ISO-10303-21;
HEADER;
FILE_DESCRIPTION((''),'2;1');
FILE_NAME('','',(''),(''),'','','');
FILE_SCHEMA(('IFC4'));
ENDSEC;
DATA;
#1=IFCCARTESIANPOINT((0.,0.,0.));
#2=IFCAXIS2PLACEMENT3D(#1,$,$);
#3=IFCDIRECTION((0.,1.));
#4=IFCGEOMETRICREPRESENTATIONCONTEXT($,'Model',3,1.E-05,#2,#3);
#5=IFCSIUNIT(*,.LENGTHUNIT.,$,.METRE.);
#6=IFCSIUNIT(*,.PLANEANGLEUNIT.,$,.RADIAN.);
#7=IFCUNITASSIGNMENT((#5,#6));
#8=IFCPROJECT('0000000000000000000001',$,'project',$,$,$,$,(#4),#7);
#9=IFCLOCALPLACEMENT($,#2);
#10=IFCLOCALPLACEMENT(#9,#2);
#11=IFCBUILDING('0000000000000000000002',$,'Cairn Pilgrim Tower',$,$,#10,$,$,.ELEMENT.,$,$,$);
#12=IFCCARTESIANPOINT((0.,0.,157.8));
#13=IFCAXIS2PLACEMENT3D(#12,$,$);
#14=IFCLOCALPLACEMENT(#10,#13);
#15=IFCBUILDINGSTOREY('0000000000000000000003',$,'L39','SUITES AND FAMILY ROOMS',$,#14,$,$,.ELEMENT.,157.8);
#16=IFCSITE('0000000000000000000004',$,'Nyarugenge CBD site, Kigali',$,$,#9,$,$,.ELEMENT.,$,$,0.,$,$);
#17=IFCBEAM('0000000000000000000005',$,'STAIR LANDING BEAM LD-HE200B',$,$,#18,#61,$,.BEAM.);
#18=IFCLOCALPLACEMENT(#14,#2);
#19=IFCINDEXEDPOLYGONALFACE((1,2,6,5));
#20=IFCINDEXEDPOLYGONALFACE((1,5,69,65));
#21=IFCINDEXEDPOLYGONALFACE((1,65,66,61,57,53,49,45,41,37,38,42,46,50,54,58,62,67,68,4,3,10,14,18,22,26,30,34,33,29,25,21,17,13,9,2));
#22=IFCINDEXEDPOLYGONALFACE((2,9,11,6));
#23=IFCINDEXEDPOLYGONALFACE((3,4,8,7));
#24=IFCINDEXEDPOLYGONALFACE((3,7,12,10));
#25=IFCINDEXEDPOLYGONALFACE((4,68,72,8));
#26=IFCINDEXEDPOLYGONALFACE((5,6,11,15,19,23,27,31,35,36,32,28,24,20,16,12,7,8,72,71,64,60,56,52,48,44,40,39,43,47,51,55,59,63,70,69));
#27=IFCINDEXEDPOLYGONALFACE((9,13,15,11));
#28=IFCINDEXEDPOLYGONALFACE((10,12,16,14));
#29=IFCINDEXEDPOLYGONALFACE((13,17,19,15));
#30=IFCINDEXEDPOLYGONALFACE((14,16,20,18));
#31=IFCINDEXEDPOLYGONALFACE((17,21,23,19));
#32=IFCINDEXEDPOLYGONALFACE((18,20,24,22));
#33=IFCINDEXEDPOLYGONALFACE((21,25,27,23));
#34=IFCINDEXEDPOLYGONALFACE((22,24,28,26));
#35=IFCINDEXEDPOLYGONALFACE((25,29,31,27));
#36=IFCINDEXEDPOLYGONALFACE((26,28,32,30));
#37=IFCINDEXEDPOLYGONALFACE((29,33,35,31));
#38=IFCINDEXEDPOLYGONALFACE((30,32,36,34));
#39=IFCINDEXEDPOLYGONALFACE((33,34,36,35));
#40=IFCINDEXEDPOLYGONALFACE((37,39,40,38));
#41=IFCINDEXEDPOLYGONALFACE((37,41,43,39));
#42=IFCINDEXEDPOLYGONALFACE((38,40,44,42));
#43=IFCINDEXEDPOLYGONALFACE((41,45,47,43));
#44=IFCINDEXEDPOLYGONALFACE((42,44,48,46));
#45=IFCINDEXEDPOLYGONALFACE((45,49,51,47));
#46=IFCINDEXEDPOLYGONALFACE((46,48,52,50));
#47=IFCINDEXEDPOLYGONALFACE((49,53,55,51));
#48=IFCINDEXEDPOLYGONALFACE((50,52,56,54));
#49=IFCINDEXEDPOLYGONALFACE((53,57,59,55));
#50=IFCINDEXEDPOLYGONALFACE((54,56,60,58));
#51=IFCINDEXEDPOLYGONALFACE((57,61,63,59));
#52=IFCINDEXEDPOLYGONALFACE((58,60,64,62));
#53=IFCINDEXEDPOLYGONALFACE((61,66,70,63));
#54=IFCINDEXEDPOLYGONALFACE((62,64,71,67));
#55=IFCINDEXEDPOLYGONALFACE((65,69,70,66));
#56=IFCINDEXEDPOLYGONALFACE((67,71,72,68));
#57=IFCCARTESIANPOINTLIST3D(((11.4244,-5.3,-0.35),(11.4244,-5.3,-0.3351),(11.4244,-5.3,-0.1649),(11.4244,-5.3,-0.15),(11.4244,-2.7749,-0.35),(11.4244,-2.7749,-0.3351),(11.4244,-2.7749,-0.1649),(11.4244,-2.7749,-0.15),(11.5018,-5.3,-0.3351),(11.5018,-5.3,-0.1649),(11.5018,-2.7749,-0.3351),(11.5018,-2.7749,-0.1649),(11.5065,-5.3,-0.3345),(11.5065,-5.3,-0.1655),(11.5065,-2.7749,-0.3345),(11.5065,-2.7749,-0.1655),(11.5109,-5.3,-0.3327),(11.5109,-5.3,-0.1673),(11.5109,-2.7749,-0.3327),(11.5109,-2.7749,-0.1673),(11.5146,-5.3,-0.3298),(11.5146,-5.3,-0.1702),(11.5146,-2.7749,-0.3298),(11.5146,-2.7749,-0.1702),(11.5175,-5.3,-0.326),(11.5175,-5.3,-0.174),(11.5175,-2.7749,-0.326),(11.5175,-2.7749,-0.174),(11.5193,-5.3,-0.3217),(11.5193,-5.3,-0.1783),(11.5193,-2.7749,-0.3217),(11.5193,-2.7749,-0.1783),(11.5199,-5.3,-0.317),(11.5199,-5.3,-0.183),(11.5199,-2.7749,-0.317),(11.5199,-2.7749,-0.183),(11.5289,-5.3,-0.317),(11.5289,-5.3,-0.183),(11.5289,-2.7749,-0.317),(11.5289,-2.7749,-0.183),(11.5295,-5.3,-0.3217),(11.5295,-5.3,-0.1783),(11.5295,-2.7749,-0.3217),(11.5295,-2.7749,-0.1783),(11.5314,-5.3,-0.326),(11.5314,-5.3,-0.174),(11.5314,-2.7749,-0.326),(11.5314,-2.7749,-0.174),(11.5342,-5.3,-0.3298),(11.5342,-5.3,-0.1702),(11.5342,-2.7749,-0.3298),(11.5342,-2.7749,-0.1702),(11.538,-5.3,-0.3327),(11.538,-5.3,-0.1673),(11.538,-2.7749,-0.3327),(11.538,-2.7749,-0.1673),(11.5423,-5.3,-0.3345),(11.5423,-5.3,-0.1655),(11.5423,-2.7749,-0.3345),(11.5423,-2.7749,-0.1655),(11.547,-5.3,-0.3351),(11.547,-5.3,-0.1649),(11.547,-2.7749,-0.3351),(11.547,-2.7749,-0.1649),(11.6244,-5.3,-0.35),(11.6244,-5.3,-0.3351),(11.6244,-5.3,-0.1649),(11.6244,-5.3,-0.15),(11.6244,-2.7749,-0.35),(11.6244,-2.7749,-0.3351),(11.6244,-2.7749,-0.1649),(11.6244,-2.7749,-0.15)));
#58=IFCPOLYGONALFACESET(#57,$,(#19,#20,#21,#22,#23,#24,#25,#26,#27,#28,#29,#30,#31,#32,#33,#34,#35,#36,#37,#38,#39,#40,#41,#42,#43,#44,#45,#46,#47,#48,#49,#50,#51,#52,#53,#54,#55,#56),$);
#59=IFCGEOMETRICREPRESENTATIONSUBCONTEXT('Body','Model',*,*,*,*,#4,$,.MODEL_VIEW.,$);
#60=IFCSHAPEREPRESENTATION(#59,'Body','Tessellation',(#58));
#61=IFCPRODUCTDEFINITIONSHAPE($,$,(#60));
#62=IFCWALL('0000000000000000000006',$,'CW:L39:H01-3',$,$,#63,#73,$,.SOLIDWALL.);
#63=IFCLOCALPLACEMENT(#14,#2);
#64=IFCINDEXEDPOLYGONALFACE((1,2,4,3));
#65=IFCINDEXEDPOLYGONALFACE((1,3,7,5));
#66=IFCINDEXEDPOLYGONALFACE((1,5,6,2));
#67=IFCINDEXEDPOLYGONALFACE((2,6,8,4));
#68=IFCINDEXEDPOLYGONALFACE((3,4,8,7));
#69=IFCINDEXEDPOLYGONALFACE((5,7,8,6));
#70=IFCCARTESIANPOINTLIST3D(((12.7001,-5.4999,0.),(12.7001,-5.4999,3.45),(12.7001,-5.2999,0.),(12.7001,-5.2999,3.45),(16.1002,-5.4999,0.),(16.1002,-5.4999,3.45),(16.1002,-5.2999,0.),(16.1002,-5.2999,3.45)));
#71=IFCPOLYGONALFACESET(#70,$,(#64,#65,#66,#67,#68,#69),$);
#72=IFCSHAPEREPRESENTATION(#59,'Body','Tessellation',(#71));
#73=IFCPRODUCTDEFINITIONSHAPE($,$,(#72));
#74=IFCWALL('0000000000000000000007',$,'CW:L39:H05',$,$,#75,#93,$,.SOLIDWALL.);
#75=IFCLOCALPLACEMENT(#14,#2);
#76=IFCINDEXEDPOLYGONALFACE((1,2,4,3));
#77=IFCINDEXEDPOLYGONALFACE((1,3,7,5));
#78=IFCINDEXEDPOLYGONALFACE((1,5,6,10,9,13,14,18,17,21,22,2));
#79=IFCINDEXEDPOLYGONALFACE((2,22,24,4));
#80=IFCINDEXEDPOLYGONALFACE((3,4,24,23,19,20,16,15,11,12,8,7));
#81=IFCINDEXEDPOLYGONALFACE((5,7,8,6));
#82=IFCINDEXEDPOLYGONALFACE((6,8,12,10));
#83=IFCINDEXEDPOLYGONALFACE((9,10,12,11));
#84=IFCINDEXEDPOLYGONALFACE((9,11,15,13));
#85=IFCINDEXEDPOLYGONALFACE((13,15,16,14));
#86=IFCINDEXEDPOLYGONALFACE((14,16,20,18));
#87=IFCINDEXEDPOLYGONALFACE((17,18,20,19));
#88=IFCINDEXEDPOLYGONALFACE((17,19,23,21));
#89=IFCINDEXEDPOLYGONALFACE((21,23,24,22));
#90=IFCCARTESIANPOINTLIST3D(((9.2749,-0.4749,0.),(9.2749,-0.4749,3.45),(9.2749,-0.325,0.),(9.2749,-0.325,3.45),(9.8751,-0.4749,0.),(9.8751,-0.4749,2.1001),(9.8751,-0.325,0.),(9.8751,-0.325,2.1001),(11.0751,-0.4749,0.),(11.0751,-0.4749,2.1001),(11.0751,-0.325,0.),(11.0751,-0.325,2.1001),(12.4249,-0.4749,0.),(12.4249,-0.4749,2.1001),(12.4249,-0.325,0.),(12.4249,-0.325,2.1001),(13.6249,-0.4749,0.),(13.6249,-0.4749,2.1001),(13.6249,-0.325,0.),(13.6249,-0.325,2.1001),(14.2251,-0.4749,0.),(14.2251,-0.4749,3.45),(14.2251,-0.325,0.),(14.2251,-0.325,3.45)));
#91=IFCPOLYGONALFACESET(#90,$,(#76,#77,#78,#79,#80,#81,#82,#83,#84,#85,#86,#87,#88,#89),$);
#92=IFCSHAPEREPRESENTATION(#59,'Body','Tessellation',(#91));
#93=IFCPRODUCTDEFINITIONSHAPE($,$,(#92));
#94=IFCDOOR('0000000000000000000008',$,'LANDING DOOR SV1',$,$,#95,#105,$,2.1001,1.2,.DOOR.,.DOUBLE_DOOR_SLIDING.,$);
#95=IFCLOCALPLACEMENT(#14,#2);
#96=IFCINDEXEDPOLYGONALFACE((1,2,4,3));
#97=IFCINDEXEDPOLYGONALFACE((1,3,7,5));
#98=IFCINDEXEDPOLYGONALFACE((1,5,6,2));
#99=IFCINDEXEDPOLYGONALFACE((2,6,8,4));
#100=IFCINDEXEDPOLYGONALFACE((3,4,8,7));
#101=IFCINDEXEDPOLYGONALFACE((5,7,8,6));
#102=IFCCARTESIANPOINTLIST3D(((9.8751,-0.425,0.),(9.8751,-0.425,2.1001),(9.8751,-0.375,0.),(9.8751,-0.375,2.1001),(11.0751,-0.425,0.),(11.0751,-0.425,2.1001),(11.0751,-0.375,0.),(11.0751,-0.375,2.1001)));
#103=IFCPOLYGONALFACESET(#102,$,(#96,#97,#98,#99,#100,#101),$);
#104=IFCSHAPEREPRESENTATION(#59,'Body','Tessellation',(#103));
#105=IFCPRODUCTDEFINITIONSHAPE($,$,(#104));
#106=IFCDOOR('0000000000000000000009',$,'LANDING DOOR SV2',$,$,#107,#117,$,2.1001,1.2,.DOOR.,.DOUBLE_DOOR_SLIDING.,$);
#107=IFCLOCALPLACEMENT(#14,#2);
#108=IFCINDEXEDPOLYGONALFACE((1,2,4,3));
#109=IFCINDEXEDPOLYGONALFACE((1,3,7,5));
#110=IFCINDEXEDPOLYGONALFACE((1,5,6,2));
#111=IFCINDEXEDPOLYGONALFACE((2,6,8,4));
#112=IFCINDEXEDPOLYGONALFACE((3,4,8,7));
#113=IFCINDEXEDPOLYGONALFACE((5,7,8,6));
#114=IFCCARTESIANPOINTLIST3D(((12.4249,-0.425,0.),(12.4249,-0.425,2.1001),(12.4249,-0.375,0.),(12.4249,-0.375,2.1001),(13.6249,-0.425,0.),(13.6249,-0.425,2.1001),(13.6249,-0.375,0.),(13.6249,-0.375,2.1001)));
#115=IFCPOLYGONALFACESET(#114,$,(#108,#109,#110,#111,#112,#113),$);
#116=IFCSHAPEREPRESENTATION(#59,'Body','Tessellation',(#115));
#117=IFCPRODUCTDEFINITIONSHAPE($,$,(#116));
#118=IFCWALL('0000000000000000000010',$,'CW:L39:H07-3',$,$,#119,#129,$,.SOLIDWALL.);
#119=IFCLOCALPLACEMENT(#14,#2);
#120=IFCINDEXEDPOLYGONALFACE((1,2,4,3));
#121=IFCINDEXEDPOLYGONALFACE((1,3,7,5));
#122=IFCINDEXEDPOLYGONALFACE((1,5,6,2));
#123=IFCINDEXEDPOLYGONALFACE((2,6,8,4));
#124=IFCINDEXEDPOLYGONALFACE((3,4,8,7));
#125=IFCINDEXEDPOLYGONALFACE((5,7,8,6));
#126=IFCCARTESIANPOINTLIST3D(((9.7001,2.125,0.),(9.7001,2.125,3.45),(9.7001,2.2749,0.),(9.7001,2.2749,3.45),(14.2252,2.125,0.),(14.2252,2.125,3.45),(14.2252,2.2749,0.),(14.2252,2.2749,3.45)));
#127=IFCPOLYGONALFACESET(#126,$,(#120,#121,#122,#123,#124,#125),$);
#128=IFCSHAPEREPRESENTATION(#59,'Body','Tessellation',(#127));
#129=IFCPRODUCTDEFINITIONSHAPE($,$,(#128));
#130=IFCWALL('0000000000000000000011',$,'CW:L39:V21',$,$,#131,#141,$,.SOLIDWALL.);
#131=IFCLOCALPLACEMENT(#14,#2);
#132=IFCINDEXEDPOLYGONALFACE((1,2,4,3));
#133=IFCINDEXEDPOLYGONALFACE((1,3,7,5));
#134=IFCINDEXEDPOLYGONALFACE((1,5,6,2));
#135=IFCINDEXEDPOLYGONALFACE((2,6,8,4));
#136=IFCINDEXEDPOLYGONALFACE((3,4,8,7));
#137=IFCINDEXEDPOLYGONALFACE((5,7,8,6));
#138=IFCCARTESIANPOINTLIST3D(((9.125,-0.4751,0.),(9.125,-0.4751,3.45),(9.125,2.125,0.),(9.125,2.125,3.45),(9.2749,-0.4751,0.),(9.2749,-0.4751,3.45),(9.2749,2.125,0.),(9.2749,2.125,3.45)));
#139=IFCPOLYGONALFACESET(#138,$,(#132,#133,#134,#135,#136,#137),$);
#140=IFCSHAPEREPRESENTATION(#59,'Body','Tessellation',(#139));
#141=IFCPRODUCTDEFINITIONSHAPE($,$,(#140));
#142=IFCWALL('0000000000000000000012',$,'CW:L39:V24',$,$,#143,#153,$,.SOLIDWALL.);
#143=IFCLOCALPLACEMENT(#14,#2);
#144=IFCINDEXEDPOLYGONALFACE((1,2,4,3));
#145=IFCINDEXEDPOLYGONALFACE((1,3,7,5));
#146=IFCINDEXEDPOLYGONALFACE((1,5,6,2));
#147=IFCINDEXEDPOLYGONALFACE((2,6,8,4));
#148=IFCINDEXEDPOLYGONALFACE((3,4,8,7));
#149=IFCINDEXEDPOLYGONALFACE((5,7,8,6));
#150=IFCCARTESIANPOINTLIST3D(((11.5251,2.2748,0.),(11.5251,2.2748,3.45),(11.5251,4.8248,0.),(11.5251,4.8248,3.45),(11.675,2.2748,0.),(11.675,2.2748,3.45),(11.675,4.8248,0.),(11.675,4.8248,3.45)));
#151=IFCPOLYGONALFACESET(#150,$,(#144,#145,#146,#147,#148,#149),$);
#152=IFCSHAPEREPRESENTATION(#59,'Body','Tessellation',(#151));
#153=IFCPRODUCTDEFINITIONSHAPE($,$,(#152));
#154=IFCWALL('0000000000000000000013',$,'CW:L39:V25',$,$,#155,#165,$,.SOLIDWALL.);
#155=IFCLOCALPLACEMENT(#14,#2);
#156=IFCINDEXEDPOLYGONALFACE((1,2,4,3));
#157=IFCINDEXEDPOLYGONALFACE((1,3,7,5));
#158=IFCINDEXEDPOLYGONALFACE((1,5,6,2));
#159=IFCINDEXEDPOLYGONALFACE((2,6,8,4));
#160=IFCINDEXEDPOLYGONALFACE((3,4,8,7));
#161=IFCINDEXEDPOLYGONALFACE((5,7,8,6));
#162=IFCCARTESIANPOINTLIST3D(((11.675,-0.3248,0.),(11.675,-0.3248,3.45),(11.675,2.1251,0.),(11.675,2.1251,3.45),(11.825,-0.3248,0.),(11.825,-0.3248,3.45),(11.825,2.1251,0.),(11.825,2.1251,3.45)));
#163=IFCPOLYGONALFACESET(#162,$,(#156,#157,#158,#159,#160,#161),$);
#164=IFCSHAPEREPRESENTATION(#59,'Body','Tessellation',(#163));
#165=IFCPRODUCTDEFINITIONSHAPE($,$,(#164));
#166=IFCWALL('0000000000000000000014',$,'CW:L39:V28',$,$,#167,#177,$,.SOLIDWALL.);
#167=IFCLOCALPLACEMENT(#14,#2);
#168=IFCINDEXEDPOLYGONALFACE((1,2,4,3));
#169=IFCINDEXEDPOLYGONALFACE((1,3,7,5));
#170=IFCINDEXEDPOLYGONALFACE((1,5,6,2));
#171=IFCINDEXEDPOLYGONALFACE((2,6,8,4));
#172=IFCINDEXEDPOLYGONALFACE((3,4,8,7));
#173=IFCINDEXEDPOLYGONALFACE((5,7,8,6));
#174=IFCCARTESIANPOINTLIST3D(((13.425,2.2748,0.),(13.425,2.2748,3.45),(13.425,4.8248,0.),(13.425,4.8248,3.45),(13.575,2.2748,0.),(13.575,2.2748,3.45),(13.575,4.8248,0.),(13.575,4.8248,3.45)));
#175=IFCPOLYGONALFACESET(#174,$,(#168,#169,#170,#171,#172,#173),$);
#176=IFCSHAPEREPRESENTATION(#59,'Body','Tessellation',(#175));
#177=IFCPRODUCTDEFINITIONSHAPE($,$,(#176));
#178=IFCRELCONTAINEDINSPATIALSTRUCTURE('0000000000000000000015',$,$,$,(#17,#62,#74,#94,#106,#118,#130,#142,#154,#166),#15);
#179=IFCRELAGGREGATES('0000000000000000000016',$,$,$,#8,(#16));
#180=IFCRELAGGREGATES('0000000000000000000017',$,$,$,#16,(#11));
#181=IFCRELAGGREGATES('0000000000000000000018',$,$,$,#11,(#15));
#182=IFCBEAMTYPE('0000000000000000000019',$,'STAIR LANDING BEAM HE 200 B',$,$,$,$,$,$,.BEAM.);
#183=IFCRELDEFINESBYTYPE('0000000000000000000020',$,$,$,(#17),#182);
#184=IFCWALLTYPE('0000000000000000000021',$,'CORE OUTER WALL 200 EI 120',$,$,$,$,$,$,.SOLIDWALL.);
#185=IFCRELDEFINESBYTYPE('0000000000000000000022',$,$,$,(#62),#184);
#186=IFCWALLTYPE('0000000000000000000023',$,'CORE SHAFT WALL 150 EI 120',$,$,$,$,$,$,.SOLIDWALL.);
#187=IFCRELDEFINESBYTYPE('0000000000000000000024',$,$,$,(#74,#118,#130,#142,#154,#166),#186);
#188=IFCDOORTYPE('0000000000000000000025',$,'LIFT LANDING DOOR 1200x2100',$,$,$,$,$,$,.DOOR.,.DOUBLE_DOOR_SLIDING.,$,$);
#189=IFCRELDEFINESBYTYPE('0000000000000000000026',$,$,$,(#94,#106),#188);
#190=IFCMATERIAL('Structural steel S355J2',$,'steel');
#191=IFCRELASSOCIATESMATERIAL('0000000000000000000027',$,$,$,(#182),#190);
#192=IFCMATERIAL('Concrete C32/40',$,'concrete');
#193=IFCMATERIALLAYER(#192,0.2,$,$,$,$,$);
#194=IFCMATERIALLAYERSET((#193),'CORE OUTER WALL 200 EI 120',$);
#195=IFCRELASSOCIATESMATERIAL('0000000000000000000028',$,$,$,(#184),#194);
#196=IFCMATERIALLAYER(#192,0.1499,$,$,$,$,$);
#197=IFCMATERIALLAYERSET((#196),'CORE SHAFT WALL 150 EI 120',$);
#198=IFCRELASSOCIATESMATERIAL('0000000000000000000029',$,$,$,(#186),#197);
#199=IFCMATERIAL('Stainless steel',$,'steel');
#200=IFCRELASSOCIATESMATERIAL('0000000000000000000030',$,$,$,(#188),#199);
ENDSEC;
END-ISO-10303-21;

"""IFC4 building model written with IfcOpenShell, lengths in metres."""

from ifc_helpers import new_model, si_unit, direction, frame, frame_2d, origin, origin_2d, place, context, subcontext, project, spatial, rectangle, i_section, extrude, material, layer, layer_set, material_profile, profile_set, type_object, element, fill, save


model = new_model("IFC4")

# Units and contexts
model_context = context("Model", 3, precision=1e-05, world=origin(), true_north=direction((0.0, 1.0)))
body_context = subcontext(model_context, "Body", "Model", "MODEL_VIEW")
ifc_project = project(units=[si_unit("LENGTHUNIT", "METRE"), si_unit("PLANEANGLEUNIT", "RADIAN")], contexts=[model_context])

# Site, building, storey
site_placement = place(None, origin())
site = spatial("IfcSite", under=ifc_project, at=site_placement, Name="Nyarugenge CBD site, Kigali", CompositionType="ELEMENT", RefElevation=0.0)
building_placement = place(site_placement, origin())
building = spatial("IfcBuilding", under=site, at=building_placement, Name="Cairn Pilgrim Tower", CompositionType="ELEMENT")
storey_placement = place(building_placement, frame((0.0, 0.0, 157.8)))
storey = spatial("IfcBuildingStorey", under=building, at=storey_placement, Name="L39", Description="SUITES AND FAMILY ROOMS", CompositionType="ELEMENT", Elevation=157.8)

# Beam
ifc_material_1 = material(Name="Structural steel S355J2", Category="steel")
ifc_material_profile = material_profile(ifc_material_1, i_section(OverallWidth=0.2, OverallDepth=0.2, WebThickness=0.009, FlangeThickness=0.0149, FilletRadius=0.0181, at=origin_2d()), Name="HE 200 B")
ifc_profile_set = profile_set([ifc_material_profile], Name="Structural steel S355J2")
beam_type = type_object("IfcBeamType", Name="STAIR LANDING BEAM HE 200 B", PredefinedType="BEAM", material=ifc_profile_set)
beam_placement = place(storey_placement, frame((11.5244, -2.7749, -0.25), z_axis=(0.0, -1.0, 0.0), x_axis=(1.0, 0.0, 0.0)))
element("IfcBeam", 1, at=beam_placement, inside=storey, type_object=beam_type, Name="STAIR LANDING BEAM LD-HE200B", PredefinedType="BEAM", context=body_context, shape_type="SweptSolid", body=[
    extrude(i_section(OverallWidth=0.2, OverallDepth=0.2, WebThickness=0.009, FlangeThickness=0.0149, FilletRadius=0.0181, at=origin_2d()), origin(), (0.0, 0.0, 1.0), 2.5251),
])

# Wall
ifc_material_2 = material(Name="Concrete C32/40", Category="concrete")
ifc_layer_1 = layer(ifc_material_2, 0.2)
ifc_layer_set_1 = layer_set([ifc_layer_1], Name="CORE OUTER WALL 200 EI 120")
wall_type_1 = type_object("IfcWallType", Name="CORE OUTER WALL 200 EI 120", PredefinedType="SOLIDWALL", material=ifc_layer_set_1)
wall_1_placement = place(storey_placement, frame((12.7, -5.3999, 0.0), z_axis=(0.0, 0.0, 1.0), x_axis=(1.0, 0.0, 0.0)))
element("IfcWall", 2, at=wall_1_placement, inside=storey, type_object=wall_type_1, Name="CW:L39:H01-3", PredefinedType="SOLIDWALL", context=body_context, shape_type="SweptSolid", body=[
    extrude(rectangle(XDim=3.4001, YDim=0.2, at=frame_2d((1.7002, 0.0))), origin(), (0.0, 0.0, 1.0), 3.45),
])

# Wall, openings, doors
ifc_layer_2 = layer(ifc_material_2, 0.1499)
ifc_layer_set_2 = layer_set([ifc_layer_2], Name="CORE SHAFT WALL 150 EI 120")
wall_type_2 = type_object("IfcWallType", Name="CORE SHAFT WALL 150 EI 120", PredefinedType="SOLIDWALL", material=ifc_layer_set_2)
wall_2_placement = place(storey_placement, frame((9.2749, -0.3999, 0.0), z_axis=(0.0, 0.0, 1.0), x_axis=(1.0, 0.0, 0.0)))
wall_2 = element("IfcWall", 3, at=wall_2_placement, inside=storey, type_object=wall_type_2, Name="CW:L39:H05", PredefinedType="SOLIDWALL", context=body_context, shape_type="SweptSolid", body=[
    extrude(rectangle(XDim=4.9502, YDim=0.1499, at=frame_2d((2.4751, 0.0))), origin(), (0.0, 0.0, 1.0), 3.45),
])
opening_1_placement = place(wall_2_placement, frame((0.6001, 0.0, 0.0)))
opening_1 = element("IfcOpeningElement", 4, at=opening_1_placement, cuts=wall_2, PredefinedType="OPENING", context=body_context, shape_type="SweptSolid", body=[
    extrude(rectangle(XDim=1.2, YDim=2.1001, at=frame_2d((0.6001, 1.05))), frame((0.0, 0.085, 0.0), z_axis=(0.0, -1.0, 0.0), x_axis=(1.0, 0.0, 0.0)), (0.0, 0.0, 1.0), 0.1699),
])
opening_2_placement = place(wall_2_placement, frame((3.1499, 0.0, 0.0)))
opening_2 = element("IfcOpeningElement", 5, at=opening_2_placement, cuts=wall_2, PredefinedType="OPENING", context=body_context, shape_type="SweptSolid", body=[
    extrude(rectangle(XDim=1.2, YDim=2.1001, at=frame_2d((0.6001, 1.05))), frame((0.0, 0.085, 0.0), z_axis=(0.0, -1.0, 0.0), x_axis=(1.0, 0.0, 0.0)), (0.0, 0.0, 1.0), 0.1699),
])
ifc_material_3 = material(Name="Stainless steel", Category="steel")
door_type = type_object("IfcDoorType", Name="LIFT LANDING DOOR 1200x2100", OperationType="DOUBLE_DOOR_SLIDING", PredefinedType="DOOR", material=ifc_material_3)
door_1_placement = place(opening_1_placement, origin())
door_1 = element("IfcDoor", 6, at=door_1_placement, inside=storey, type_object=door_type, Name="LANDING DOOR SV1", OperationType="DOUBLE_DOOR_SLIDING", OverallHeight=2.1001, OverallWidth=1.2, PredefinedType="DOOR", context=body_context, shape_type="SweptSolid", body=[
    extrude(rectangle(XDim=1.2, YDim=2.1001, at=frame_2d((0.6001, 1.05))), frame((0.0, 0.0249, 0.0), z_axis=(0.0, -1.0, 0.0), x_axis=(1.0, 0.0, 0.0)), (0.0, 0.0, 1.0), 0.05),
])
fill(opening_1, door_1)
door_2_placement = place(opening_2_placement, origin())
door_2 = element("IfcDoor", 7, at=door_2_placement, inside=storey, type_object=door_type, Name="LANDING DOOR SV2", OperationType="DOUBLE_DOOR_SLIDING", OverallHeight=2.1001, OverallWidth=1.2, PredefinedType="DOOR", context=body_context, shape_type="SweptSolid", body=[
    extrude(rectangle(XDim=1.2, YDim=2.1001, at=frame_2d((0.6001, 1.05))), frame((0.0, 0.0249, 0.0), z_axis=(0.0, -1.0, 0.0), x_axis=(1.0, 0.0, 0.0)), (0.0, 0.0, 1.0), 0.05),
])
fill(opening_2, door_2)

# Walls
wall_3_placement = place(storey_placement, frame((9.7, 2.2, 0.0), z_axis=(0.0, 0.0, 1.0), x_axis=(1.0, 0.0, 0.0)))
element("IfcWall", 8, at=wall_3_placement, inside=storey, type_object=wall_type_2, Name="CW:L39:H07-3", PredefinedType="SOLIDWALL", context=body_context, shape_type="SweptSolid", body=[
    extrude(rectangle(XDim=4.5251, YDim=0.1499, at=frame_2d((2.2627, 0.0))), origin(), (0.0, 0.0, 1.0), 3.45),
])
wall_4_placement = place(storey_placement, frame((9.2, -0.4751, 0.0), z_axis=(0.0, 0.0, 1.0), x_axis=(0.0, 1.0, 0.0)))
element("IfcWall", 9, at=wall_4_placement, inside=storey, type_object=wall_type_2, Name="CW:L39:V21", PredefinedType="SOLIDWALL", context=body_context, shape_type="SweptSolid", body=[
    extrude(rectangle(XDim=2.6001, YDim=0.1499, at=frame_2d((1.3, 0.0))), origin(), (0.0, 0.0, 1.0), 3.45),
])
wall_5_placement = place(storey_placement, frame((11.6001, 2.2749, 0.0), z_axis=(0.0, 0.0, 1.0), x_axis=(0.0, 1.0, 0.0)))
element("IfcWall", 10, at=wall_5_placement, inside=storey, type_object=wall_type_2, Name="CW:L39:V24", PredefinedType="SOLIDWALL", context=body_context, shape_type="SweptSolid", body=[
    extrude(rectangle(XDim=2.55, YDim=0.1499, at=frame_2d((1.2749, 0.0))), origin(), (0.0, 0.0, 1.0), 3.45),
])
wall_6_placement = place(storey_placement, frame((11.75, -0.325, 0.0), z_axis=(0.0, 0.0, 1.0), x_axis=(0.0, 1.0, 0.0)))
element("IfcWall", 11, at=wall_6_placement, inside=storey, type_object=wall_type_2, Name="CW:L39:V25", PredefinedType="SOLIDWALL", context=body_context, shape_type="SweptSolid", body=[
    extrude(rectangle(XDim=2.45, YDim=0.1499, at=frame_2d((1.2251, 0.0))), origin(), (0.0, 0.0, 1.0), 3.45),
])
wall_7_placement = place(storey_placement, frame((13.5, 2.2749, 0.0), z_axis=(0.0, 0.0, 1.0), x_axis=(0.0, 1.0, 0.0)))
element("IfcWall", 12, at=wall_7_placement, inside=storey, type_object=wall_type_2, Name="CW:L39:V28", PredefinedType="SOLIDWALL", context=body_context, shape_type="SweptSolid", body=[
    extrude(rectangle(XDim=2.55, YDim=0.1499, at=frame_2d((1.2749, 0.0))), origin(), (0.0, 0.0, 1.0), 3.45),
])

save(model, "model.ifc")
